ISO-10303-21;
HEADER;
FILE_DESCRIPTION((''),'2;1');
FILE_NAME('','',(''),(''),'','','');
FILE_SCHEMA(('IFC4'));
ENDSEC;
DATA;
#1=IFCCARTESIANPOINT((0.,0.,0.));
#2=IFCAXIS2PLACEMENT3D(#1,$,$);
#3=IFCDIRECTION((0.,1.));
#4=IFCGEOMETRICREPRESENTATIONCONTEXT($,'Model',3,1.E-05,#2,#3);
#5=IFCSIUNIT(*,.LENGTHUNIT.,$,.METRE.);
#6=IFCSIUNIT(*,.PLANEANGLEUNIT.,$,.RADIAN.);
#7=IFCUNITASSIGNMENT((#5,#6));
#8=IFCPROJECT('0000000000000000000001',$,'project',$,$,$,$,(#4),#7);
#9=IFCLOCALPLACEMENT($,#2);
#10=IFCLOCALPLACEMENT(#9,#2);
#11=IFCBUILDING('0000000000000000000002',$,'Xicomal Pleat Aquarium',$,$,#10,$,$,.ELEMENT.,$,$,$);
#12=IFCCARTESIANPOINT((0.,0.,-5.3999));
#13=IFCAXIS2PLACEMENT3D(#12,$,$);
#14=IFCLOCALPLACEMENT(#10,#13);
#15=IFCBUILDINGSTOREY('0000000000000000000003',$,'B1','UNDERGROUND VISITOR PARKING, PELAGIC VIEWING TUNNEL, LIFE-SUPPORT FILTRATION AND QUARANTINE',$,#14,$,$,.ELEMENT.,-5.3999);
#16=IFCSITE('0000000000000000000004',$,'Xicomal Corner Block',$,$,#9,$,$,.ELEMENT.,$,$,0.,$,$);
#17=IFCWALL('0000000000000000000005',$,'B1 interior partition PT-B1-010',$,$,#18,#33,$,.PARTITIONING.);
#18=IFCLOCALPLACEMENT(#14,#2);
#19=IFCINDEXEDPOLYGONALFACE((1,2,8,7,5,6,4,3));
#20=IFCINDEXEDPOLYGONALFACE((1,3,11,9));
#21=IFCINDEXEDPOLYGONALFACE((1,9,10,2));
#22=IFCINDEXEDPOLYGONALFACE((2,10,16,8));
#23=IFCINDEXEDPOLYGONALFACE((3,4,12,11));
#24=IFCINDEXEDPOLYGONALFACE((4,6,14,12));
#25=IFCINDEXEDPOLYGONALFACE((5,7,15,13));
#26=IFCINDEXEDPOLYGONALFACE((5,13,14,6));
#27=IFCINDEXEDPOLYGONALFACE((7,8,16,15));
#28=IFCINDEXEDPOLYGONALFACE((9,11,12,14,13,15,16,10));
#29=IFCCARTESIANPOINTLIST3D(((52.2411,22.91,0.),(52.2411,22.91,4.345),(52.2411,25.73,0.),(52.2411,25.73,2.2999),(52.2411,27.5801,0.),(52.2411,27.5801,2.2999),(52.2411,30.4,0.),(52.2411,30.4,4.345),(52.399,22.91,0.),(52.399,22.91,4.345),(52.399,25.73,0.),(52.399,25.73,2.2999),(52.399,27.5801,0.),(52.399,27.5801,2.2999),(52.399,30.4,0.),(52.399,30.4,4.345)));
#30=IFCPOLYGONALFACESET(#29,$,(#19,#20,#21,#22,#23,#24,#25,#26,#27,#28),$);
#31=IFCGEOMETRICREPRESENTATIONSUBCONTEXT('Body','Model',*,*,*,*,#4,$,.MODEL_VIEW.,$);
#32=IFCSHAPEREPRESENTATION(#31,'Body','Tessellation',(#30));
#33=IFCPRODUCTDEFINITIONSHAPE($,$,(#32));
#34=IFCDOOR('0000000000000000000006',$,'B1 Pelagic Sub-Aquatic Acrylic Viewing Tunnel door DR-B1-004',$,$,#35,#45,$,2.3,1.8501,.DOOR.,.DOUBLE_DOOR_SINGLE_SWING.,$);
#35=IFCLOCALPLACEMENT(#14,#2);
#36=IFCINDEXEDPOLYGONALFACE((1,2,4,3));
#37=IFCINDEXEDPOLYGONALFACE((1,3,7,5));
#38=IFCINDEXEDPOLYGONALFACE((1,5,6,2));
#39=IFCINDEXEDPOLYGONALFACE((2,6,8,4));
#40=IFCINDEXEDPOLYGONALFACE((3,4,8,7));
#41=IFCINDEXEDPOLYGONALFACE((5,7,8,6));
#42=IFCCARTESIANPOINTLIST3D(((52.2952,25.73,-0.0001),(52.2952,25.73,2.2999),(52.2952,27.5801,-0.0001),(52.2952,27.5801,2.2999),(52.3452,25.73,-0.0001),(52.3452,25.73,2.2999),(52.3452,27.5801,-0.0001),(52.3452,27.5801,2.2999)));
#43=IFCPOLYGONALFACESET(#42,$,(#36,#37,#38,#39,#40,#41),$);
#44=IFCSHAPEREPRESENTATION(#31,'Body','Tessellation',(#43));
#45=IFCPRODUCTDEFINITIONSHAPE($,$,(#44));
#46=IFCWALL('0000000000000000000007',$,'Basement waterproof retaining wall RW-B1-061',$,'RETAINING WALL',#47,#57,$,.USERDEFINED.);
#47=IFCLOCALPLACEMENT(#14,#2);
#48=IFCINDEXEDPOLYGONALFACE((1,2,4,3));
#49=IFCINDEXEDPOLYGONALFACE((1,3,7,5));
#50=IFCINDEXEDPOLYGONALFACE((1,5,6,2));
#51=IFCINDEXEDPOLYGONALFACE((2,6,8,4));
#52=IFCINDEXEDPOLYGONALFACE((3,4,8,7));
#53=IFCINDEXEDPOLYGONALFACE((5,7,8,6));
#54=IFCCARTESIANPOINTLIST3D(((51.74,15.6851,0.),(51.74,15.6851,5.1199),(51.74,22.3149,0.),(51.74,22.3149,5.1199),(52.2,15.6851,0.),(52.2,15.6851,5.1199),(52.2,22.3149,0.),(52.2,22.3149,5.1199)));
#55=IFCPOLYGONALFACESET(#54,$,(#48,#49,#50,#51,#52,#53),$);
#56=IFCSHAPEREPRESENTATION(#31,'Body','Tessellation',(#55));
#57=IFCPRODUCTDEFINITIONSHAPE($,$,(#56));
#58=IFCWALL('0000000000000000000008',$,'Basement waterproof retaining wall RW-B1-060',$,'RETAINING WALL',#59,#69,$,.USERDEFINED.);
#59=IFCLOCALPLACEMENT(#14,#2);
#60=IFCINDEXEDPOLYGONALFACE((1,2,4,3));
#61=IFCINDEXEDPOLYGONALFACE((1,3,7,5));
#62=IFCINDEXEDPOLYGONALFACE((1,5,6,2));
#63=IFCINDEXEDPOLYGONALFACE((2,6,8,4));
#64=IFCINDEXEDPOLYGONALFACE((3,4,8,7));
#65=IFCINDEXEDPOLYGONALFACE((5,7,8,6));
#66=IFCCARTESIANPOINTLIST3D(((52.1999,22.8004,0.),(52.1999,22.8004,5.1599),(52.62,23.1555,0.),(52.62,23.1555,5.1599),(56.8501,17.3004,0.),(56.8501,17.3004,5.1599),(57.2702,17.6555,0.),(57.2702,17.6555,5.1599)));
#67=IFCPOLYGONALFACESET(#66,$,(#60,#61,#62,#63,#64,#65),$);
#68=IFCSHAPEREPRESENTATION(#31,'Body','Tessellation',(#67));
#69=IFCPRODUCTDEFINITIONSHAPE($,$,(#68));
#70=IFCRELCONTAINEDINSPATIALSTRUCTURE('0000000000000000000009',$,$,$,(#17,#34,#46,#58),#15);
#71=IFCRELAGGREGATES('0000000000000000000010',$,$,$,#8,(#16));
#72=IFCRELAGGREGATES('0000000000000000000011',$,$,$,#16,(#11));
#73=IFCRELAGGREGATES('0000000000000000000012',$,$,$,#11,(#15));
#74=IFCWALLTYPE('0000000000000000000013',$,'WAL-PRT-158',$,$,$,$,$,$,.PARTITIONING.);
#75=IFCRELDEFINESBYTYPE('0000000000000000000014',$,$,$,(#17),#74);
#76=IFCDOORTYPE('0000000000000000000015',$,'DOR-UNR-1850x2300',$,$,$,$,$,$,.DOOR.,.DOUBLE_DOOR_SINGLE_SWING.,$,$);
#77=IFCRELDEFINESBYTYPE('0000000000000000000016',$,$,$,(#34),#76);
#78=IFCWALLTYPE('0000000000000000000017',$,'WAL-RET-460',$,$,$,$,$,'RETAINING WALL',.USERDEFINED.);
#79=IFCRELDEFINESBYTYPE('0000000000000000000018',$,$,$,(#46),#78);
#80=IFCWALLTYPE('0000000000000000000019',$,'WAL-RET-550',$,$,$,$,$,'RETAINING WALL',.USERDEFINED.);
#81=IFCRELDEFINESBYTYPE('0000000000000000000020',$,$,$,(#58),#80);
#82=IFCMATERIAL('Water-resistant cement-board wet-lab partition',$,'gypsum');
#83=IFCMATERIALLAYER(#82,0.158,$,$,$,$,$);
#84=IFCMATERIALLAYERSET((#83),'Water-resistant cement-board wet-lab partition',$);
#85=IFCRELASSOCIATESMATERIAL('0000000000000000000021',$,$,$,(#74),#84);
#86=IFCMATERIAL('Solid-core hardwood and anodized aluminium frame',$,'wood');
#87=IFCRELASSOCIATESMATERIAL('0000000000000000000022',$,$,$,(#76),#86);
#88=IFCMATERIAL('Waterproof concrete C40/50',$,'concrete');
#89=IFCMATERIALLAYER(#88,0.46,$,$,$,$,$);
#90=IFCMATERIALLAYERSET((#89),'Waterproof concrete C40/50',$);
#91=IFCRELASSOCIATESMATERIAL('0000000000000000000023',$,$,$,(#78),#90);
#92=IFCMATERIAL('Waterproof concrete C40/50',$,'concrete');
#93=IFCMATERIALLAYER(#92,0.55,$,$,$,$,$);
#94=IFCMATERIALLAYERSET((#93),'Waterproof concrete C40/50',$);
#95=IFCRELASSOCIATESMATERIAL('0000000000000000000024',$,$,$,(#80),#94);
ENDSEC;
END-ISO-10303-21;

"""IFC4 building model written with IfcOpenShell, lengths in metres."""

from ifc_helpers import new_model, si_unit, direction, frame, frame_2d, origin, place, context, subcontext, project, spatial, rectangle, extrude, material, layer, layer_set, type_object, element, fill, save


model = new_model("IFC4")

# Units and contexts
model_context = context("Model", 3, precision=1e-05, world=origin(), true_north=direction((0.0, 1.0)))
body_context = subcontext(model_context, "Body", "Model", "MODEL_VIEW")
ifc_project = project(units=[si_unit("LENGTHUNIT", "METRE"), si_unit("PLANEANGLEUNIT", "RADIAN")], contexts=[model_context])

# Site, building, storey
site_placement = place(None, origin())
site = spatial("IfcSite", under=ifc_project, at=site_placement, Name="Xicomal Corner Block", CompositionType="ELEMENT", RefElevation=0.0)
building_placement = place(site_placement, origin())
building = spatial("IfcBuilding", under=site, at=building_placement, Name="Xicomal Pleat Aquarium", CompositionType="ELEMENT")
storey_placement = place(building_placement, frame((0.0, 0.0, -5.3999)))
storey = spatial("IfcBuildingStorey", under=building, at=storey_placement, Name="B1", Description="UNDERGROUND VISITOR PARKING, PELAGIC VIEWING TUNNEL, LIFE-SUPPORT FILTRATION AND QUARANTINE", CompositionType="ELEMENT", Elevation=-5.3999)

# Wall, opening, door
ifc_material_1 = material(Name="Water-resistant cement-board wet-lab partition", Category="gypsum")
ifc_layer_1 = layer(ifc_material_1, 0.158)
ifc_layer_set_1 = layer_set([ifc_layer_1], Name="Water-resistant cement-board wet-lab partition")
wall_type_1 = type_object("IfcWallType", Name="WAL-PRT-158", PredefinedType="PARTITIONING", material=ifc_layer_set_1)
wall_1_placement = place(storey_placement, frame((52.3201, 22.9099, 0.0), z_axis=(0.0, 0.0, 1.0), x_axis=(0.0, 1.0, 0.0)))
wall_1 = element("IfcWall", 1, at=wall_1_placement, inside=storey, type_object=wall_type_1, Name="B1 interior partition PT-B1-010", PredefinedType="PARTITIONING", context=body_context, shape_type="SweptSolid", body=[
    extrude(rectangle(XDim=7.49, YDim=0.158, at=frame_2d((3.7451, 0.0))), origin(), (0.0, 0.0, 1.0), 4.345),
])
opening_placement = place(wall_1_placement, frame((2.8201, 0.0, 0.0)))
opening = element("IfcOpeningElement", 2, at=opening_placement, cuts=wall_1, PredefinedType="OPENING", context=body_context, shape_type="SweptSolid", body=[
    extrude(rectangle(XDim=1.8501, YDim=2.3, at=frame_2d((0.925, 1.1499))), frame((0.0, 0.0889, 0.0), z_axis=(0.0, -1.0, 0.0), x_axis=(1.0, 0.0, 0.0)), (0.0, 0.0, 1.0), 0.178),
])
ifc_material_2 = material(Name="Solid-core hardwood and anodized aluminium frame", Category="wood")
door_type = type_object("IfcDoorType", Name="DOR-UNR-1850x2300", OperationType="DOUBLE_DOOR_SINGLE_SWING", PredefinedType="DOOR", material=ifc_material_2)
door_placement = place(opening_placement, origin())
door = element("IfcDoor", 3, at=door_placement, inside=storey, type_object=door_type, Name="B1 Pelagic Sub-Aquatic Acrylic Viewing Tunnel door DR-B1-004", OperationType="DOUBLE_DOOR_SINGLE_SWING", OverallHeight=2.3, OverallWidth=1.8501, PredefinedType="DOOR", context=body_context, shape_type="SweptSolid", body=[
    extrude(rectangle(XDim=1.8501, YDim=2.3, at=frame_2d((0.925, 1.1499))), frame((0.0, 0.0249, 0.0), z_axis=(0.0, -1.0, 0.0), x_axis=(1.0, 0.0, 0.0)), (0.0, 0.0, 1.0), 0.05),
])
fill(opening, door)

# Walls
ifc_material_3 = material(Name="Waterproof concrete C40/50", Category="concrete")
ifc_layer_2 = layer(ifc_material_3, 0.46)
ifc_layer_set_2 = layer_set([ifc_layer_2], Name="Waterproof concrete C40/50")
wall_type_2 = type_object("IfcWallType", Name="WAL-RET-460", ElementType="RETAINING WALL", PredefinedType="USERDEFINED", material=ifc_layer_set_2)
wall_2_placement = place(storey_placement, frame((51.97, 22.3149, 0.0), z_axis=(0.0, 0.0, 1.0), x_axis=(0.0, -1.0, 0.0)))
element("IfcWall", 4, at=wall_2_placement, inside=storey, type_object=wall_type_2, Name="Basement waterproof retaining wall RW-B1-061", ObjectType="RETAINING WALL", PredefinedType="USERDEFINED", context=body_context, shape_type="SweptSolid", body=[
    extrude(rectangle(XDim=6.6299, YDim=0.46, at=frame_2d((3.3149, 0.0))), origin(), (0.0, 0.0, 1.0), 5.1199),
])
ifc_material_4 = material(Name="Waterproof concrete C40/50", Category="concrete")
ifc_layer_3 = layer(ifc_material_4, 0.55)
ifc_layer_set_3 = layer_set([ifc_layer_3], Name="Waterproof concrete C40/50")
wall_type_3 = type_object("IfcWallType", Name="WAL-RET-550", ElementType="RETAINING WALL", PredefinedType="USERDEFINED", material=ifc_layer_set_3)
wall_3_placement = place(storey_placement, frame((57.0601, 17.478, 0.0), z_axis=(0.0, 0.0, 1.0), x_axis=(-0.645643, 0.76364, 0.0)))
element("IfcWall", 5, at=wall_3_placement, inside=storey, type_object=wall_type_3, Name="Basement waterproof retaining wall RW-B1-060", ObjectType="RETAINING WALL", PredefinedType="USERDEFINED", context=body_context, shape_type="SweptSolid", body=[
    extrude(rectangle(XDim=7.2024, YDim=0.55, at=frame_2d((3.6011, 0.0))), origin(), (0.0, 0.0, 1.0), 5.1599),
])

save(model, "model.ifc")
